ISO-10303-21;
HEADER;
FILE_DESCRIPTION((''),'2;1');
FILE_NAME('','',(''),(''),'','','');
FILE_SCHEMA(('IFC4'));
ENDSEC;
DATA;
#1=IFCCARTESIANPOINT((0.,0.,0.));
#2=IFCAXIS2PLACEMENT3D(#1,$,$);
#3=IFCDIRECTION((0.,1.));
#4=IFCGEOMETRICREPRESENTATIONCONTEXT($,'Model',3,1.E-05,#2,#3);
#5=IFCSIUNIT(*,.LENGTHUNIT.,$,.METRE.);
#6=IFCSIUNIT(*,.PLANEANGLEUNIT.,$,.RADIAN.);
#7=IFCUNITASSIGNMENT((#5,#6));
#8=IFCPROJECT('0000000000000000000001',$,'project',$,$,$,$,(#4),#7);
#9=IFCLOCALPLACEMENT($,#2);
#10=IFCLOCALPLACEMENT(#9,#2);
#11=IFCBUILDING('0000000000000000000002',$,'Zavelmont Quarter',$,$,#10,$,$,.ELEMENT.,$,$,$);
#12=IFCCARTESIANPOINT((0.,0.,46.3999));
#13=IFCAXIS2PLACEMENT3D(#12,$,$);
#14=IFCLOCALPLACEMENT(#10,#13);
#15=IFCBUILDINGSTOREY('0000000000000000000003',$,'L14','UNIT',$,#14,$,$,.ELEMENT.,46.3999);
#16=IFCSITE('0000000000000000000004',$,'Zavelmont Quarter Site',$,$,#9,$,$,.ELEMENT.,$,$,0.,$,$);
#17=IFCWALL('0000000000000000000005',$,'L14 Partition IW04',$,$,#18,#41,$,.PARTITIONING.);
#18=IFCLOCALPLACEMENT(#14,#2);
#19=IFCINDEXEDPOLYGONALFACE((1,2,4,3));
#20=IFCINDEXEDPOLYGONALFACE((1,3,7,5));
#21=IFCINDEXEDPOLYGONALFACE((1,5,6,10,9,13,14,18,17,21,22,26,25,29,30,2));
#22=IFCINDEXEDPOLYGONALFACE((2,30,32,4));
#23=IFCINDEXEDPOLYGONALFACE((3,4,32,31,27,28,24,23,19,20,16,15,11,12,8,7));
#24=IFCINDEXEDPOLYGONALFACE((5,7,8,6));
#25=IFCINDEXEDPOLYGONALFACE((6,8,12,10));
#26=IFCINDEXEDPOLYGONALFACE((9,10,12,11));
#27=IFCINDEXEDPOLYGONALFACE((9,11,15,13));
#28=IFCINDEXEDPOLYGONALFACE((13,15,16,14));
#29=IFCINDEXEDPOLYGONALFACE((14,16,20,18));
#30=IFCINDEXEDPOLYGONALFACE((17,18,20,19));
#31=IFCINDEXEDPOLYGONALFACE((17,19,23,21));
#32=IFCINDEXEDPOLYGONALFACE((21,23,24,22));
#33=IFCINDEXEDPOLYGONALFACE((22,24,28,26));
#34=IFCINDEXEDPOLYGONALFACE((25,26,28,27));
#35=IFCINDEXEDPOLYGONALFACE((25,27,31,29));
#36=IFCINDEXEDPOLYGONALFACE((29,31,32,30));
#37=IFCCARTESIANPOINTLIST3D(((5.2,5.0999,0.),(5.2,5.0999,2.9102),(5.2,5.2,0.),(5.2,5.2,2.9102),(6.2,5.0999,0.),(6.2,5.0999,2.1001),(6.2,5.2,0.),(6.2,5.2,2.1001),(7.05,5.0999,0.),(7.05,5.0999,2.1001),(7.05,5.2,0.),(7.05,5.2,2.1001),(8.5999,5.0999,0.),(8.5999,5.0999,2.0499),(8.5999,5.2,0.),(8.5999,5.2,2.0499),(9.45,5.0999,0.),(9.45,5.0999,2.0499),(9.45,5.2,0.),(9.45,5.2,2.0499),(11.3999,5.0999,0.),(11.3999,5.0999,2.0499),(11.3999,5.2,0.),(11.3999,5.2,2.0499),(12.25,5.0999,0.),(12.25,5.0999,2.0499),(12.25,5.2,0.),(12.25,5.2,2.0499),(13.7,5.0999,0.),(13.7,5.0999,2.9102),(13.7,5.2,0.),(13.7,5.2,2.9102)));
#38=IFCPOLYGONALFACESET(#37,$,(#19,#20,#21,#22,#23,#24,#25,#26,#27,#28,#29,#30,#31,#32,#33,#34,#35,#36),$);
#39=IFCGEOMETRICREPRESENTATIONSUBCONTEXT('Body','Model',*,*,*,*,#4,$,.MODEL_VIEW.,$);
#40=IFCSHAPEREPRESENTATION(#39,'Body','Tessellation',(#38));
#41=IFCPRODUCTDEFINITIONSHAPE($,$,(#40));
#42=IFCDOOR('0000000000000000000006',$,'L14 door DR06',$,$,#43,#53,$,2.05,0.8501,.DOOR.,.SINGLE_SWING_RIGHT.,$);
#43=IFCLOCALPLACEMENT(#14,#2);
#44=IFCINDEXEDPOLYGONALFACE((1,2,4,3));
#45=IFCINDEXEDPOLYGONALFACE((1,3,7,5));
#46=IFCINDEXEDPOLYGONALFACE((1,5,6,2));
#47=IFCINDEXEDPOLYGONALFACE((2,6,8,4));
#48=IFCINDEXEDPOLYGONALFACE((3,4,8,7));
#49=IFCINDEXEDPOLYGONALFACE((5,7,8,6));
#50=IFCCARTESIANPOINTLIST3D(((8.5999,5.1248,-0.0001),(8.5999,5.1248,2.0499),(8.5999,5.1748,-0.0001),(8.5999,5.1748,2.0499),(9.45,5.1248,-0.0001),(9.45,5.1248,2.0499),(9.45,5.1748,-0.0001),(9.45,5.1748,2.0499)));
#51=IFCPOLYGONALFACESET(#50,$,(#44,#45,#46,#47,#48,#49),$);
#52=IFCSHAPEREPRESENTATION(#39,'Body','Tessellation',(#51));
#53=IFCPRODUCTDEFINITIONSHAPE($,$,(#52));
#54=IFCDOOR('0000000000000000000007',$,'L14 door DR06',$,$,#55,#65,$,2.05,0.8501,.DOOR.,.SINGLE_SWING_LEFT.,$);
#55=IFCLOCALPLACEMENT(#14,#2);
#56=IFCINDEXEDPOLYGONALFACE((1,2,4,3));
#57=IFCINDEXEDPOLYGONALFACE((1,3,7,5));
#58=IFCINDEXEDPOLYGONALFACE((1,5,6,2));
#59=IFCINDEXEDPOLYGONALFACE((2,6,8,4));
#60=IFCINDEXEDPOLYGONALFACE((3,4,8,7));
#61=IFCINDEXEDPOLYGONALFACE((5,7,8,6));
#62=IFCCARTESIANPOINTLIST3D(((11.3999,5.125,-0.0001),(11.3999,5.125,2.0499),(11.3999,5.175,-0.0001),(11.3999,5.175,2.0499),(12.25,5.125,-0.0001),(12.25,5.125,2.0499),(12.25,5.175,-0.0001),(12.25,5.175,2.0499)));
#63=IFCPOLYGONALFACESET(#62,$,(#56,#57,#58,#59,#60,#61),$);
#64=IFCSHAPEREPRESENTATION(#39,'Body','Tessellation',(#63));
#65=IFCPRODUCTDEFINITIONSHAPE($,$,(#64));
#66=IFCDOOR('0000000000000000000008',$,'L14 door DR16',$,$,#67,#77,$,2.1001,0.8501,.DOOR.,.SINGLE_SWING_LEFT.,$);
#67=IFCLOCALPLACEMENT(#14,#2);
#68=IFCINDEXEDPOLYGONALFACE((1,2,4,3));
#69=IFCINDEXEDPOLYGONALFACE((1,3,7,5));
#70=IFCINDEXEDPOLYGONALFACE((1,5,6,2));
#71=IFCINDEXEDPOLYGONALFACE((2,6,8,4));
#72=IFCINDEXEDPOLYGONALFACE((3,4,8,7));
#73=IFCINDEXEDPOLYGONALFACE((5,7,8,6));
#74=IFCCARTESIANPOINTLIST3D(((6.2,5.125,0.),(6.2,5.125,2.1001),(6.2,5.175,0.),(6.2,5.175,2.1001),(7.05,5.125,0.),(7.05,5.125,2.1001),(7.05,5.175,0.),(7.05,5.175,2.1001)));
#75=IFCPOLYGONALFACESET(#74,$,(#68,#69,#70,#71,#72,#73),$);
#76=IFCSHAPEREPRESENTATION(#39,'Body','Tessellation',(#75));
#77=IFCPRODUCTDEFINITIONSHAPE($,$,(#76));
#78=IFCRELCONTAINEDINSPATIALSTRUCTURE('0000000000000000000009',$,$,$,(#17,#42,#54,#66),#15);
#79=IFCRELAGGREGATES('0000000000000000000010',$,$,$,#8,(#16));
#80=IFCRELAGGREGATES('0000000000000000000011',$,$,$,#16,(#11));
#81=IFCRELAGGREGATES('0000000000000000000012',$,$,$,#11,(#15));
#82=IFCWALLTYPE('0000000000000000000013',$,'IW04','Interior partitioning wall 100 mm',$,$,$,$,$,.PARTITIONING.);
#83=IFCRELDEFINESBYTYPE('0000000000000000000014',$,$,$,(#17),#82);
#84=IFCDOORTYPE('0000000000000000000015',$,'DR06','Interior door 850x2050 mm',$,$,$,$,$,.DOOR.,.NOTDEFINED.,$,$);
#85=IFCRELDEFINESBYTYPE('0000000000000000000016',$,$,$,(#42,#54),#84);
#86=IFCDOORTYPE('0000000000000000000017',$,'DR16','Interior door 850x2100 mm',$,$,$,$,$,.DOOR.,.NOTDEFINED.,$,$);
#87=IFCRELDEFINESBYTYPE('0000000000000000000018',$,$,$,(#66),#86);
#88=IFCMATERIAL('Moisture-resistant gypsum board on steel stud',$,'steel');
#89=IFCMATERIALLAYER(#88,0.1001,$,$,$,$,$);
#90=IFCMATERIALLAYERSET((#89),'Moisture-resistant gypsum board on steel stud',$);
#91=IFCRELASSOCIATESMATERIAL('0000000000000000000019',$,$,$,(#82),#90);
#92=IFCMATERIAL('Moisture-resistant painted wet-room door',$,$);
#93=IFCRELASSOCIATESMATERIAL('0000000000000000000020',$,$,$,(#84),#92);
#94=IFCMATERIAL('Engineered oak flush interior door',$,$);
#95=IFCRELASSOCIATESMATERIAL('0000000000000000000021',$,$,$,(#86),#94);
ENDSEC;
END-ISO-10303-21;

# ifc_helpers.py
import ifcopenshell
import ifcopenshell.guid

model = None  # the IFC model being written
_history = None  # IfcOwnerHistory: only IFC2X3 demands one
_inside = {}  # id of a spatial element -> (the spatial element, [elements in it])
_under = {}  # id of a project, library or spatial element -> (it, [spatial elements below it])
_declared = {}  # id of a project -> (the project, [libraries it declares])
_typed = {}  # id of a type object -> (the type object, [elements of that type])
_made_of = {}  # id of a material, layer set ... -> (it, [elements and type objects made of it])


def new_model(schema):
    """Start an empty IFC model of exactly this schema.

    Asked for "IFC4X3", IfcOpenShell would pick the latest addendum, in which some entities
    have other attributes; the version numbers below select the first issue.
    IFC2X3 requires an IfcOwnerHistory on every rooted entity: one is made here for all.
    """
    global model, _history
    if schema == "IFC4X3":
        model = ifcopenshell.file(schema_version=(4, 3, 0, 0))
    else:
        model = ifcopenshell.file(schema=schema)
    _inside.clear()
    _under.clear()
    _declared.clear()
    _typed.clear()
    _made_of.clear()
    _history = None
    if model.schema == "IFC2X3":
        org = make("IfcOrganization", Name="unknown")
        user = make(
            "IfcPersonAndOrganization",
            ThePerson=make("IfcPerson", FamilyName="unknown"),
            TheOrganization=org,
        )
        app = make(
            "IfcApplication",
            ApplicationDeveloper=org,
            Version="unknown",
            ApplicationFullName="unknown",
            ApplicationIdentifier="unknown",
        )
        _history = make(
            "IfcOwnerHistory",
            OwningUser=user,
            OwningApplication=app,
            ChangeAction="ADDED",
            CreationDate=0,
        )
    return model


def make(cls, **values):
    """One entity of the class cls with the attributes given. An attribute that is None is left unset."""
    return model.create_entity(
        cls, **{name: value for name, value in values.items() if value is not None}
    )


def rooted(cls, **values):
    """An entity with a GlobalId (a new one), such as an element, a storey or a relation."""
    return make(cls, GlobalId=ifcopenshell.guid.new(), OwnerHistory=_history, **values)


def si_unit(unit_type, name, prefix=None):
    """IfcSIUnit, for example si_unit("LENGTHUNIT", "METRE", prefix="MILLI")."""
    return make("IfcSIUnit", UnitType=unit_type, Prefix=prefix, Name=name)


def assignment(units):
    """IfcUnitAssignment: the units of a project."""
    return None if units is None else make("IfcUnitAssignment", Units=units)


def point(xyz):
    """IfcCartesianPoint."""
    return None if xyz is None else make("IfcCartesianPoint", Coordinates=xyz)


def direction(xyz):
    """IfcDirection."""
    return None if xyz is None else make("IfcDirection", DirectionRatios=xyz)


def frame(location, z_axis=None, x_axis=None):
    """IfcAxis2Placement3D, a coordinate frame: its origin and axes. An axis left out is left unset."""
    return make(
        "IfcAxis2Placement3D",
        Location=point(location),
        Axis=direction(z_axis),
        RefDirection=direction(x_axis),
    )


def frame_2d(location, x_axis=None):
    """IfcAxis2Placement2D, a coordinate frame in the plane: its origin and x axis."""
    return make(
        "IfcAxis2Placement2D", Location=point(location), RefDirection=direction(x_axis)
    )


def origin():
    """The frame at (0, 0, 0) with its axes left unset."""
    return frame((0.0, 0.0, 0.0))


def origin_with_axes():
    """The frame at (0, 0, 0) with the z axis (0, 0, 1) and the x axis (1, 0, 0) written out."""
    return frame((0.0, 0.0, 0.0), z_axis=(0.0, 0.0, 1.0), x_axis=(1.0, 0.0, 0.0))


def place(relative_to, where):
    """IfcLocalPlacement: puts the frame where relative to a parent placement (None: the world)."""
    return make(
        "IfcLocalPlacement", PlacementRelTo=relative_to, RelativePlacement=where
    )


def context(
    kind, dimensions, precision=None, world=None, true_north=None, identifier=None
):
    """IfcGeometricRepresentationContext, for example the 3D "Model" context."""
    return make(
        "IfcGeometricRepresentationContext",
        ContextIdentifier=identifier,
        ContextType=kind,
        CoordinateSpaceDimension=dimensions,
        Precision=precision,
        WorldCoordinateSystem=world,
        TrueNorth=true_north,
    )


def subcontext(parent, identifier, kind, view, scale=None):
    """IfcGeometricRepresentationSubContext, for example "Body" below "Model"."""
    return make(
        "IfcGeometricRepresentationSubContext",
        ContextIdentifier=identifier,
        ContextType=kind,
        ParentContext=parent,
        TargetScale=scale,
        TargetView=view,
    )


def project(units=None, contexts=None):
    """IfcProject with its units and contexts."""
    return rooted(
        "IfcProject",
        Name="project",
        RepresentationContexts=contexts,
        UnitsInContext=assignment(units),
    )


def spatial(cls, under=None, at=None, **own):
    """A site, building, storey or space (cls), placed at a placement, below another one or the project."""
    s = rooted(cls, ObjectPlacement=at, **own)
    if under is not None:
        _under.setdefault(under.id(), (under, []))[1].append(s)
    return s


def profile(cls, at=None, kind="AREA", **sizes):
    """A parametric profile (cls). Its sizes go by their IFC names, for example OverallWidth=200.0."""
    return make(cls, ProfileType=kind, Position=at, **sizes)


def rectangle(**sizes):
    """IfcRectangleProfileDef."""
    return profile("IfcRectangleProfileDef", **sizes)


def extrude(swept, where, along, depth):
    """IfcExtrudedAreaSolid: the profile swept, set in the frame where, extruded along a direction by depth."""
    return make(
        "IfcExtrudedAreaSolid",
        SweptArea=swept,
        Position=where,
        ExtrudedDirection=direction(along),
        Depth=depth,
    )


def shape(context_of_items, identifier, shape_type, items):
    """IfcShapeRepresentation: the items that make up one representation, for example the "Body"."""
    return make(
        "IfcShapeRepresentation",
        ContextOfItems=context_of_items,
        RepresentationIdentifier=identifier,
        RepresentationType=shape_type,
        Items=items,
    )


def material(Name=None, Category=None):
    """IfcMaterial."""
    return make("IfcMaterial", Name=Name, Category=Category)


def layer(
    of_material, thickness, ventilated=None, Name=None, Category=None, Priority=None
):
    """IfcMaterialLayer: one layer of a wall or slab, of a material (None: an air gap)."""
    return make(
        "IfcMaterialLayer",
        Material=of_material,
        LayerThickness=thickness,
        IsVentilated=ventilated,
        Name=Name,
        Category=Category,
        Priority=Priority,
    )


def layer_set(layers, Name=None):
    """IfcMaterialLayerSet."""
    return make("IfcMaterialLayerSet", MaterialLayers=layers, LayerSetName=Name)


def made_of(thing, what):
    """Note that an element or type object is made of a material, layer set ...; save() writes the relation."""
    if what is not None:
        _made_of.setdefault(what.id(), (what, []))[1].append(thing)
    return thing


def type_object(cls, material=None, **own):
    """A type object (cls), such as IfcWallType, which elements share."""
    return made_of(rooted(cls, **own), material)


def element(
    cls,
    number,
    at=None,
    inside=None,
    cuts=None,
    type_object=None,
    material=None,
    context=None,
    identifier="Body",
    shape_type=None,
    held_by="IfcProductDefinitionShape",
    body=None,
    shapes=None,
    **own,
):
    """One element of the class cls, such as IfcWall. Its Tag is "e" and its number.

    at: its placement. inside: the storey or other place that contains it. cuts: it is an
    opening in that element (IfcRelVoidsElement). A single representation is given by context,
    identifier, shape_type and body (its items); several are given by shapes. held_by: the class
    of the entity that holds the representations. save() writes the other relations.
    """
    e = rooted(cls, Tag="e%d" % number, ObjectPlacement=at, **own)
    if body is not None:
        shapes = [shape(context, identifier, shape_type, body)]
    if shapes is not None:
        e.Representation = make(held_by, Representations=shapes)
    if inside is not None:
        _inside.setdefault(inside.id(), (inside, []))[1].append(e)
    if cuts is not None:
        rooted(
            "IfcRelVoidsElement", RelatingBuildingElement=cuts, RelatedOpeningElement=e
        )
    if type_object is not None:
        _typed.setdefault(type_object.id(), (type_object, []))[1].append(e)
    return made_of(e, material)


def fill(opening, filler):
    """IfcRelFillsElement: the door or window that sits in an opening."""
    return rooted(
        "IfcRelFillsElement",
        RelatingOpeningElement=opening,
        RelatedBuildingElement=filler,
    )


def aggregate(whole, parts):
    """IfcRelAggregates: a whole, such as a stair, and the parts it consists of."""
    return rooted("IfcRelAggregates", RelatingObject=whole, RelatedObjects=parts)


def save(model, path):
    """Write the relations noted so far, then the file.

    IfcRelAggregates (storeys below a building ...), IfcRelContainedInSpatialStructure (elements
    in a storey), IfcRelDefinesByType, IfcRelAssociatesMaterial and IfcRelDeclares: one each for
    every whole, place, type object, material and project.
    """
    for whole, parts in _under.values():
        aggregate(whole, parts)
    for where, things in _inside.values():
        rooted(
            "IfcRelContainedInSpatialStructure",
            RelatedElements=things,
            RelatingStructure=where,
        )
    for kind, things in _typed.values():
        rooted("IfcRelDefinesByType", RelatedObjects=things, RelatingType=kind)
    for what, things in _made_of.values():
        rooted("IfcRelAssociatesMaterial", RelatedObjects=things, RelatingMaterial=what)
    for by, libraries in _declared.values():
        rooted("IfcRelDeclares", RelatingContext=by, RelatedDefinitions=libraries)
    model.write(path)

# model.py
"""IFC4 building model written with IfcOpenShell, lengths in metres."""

from ifc_helpers import new_model, si_unit, direction, frame, frame_2d, origin, origin_with_axes, place, context, subcontext, project, spatial, rectangle, extrude, material, layer, layer_set, type_object, element, fill, save


model = new_model("IFC4")

# Units and contexts
model_context = context("Model", 3, precision=1e-05, world=origin(), true_north=direction((0.0, 1.0)))
body_context = subcontext(model_context, "Body", "Model", "MODEL_VIEW")
ifc_project = project(units=[si_unit("LENGTHUNIT", "METRE"), si_unit("PLANEANGLEUNIT", "RADIAN")], contexts=[model_context])

# Site, building, storey
site_placement = place(None, origin())
site = spatial("IfcSite", under=ifc_project, at=site_placement, Name="Zavelmont Quarter Site", CompositionType="ELEMENT", RefElevation=0.0)
building_placement = place(site_placement, origin())
building = spatial("IfcBuilding", under=site, at=building_placement, Name="Zavelmont Quarter", CompositionType="ELEMENT")
storey_placement = place(building_placement, frame((0.0, 0.0, 46.3999)))
storey = spatial("IfcBuildingStorey", under=building, at=storey_placement, Name="L14", Description="UNIT", CompositionType="ELEMENT", Elevation=46.3999)

# Shared definitions
ifc_material_1 = material(Name="Engineered oak flush interior door")

# Wall, openings, doors
ifc_material_2 = material(Name="Moisture-resistant gypsum board on steel stud", Category="steel")
ifc_layer_1 = layer(ifc_material_2, 0.1001)
ifc_layer_set_1 = layer_set([ifc_layer_1], Name="Moisture-resistant gypsum board on steel stud")
wall_type_1 = type_object("IfcWallType", Name="IW04", Description="Interior partitioning wall 100 mm", PredefinedType="PARTITIONING", material=ifc_layer_set_1)
wall_1_placement = place(storey_placement, frame((5.2, 5.1499, 0.0), z_axis=(0.0, 0.0, 1.0), x_axis=(1.0, 0.0, 0.0)))
wall_1 = element("IfcWall", 1, at=wall_1_placement, inside=storey, type_object=wall_type_1, Name="L14 Partition IW04", PredefinedType="PARTITIONING", context=body_context, shape_type="SweptSolid", body=[
    extrude(rectangle(XDim=8.5, YDim=0.1001, at=frame_2d((4.25, 0.0))), origin(), (0.0, 0.0, 1.0), 2.9102),
])
opening_1_placement = place(wall_1_placement, frame((1.0, 0.0, 0.0)))
opening_1 = element("IfcOpeningElement", 2, at=opening_1_placement, cuts=wall_1, PredefinedType="OPENING", context=body_context, shape_type="SweptSolid", body=[
    extrude(rectangle(XDim=0.8501, YDim=2.1001, at=frame_2d((0.425, 1.05))), frame((0.0, 0.062, 0.0), z_axis=(0.0, -1.0, 0.0), x_axis=(1.0, 0.0, 0.0)), (0.0, 0.0, 1.0), 0.124),
])
opening_2_placement = place(wall_1_placement, frame((3.3999, 0.0, 0.0)))
opening_2 = element("IfcOpeningElement", 3, at=opening_2_placement, cuts=wall_1, PredefinedType="OPENING", context=body_context, shape_type="SweptSolid", body=[
    extrude(rectangle(XDim=0.8501, YDim=2.05, at=frame_2d((0.425, 1.0249))), frame((0.0, 0.062, 0.0), z_axis=(0.0, -1.0, 0.0), x_axis=(1.0, 0.0, 0.0)), (0.0, 0.0, 1.0), 0.124),
])
opening_3_placement = place(wall_1_placement, frame((6.2, 0.0, 0.0)))
opening_3 = element("IfcOpeningElement", 4, at=opening_3_placement, cuts=wall_1, PredefinedType="OPENING", context=body_context, shape_type="SweptSolid", body=[
    extrude(rectangle(XDim=0.8501, YDim=2.05, at=frame_2d((0.425, 1.0249))), frame((0.0, 0.062, 0.0), z_axis=(0.0, -1.0, 0.0), x_axis=(1.0, 0.0, 0.0)), (0.0, 0.0, 1.0), 0.124),
])
ifc_material_3 = material(Name="Moisture-resistant painted wet-room door")
door_type_1 = type_object("IfcDoorType", Name="DR06", Description="Interior door 850x2050 mm", OperationType="NOTDEFINED", PredefinedType="DOOR", material=ifc_material_3)
door_1_placement = place(opening_2_placement, origin_with_axes())
door_1 = element("IfcDoor", 5, at=door_1_placement, inside=storey, type_object=door_type_1, Name="L14 door DR06", OperationType="SINGLE_SWING_RIGHT", OverallHeight=2.05, OverallWidth=0.8501, PredefinedType="DOOR", context=body_context, shape_type="SweptSolid", body=[
    extrude(rectangle(XDim=0.8501, YDim=2.05, at=frame_2d((0.425, 1.0249))), frame((0.0, 0.0249, 0.0), z_axis=(0.0, -1.0, 0.0), x_axis=(1.0, 0.0, 0.0)), (0.0, 0.0, 1.0), 0.05),
])
fill(opening_2, door_1)
door_2_placement = place(opening_3_placement, frame((0.8501, 0.0, 0.0), z_axis=(0.0, 0.0, 1.0), x_axis=(-1.0, 0.0, 0.0)))
door_2 = element("IfcDoor", 6, at=door_2_placement, inside=storey, type_object=door_type_1, Name="L14 door DR06", OperationType="SINGLE_SWING_LEFT", OverallHeight=2.05, OverallWidth=0.8501, PredefinedType="DOOR", context=body_context, shape_type="SweptSolid", body=[
    extrude(rectangle(XDim=0.8501, YDim=2.05, at=frame_2d((0.425, 1.0249))), frame((0.0, 0.0249, 0.0), z_axis=(0.0, -1.0, 0.0), x_axis=(1.0, 0.0, 0.0)), (0.0, 0.0, 1.0), 0.05),
])
fill(opening_3, door_2)
door_type_2 = type_object("IfcDoorType", Name="DR16", Description="Interior door 850x2100 mm", OperationType="NOTDEFINED", PredefinedType="DOOR", material=ifc_material_1)
door_3_placement = place(opening_1_placement, frame((0.8501, 0.0, 0.0), z_axis=(0.0, 0.0, 1.0), x_axis=(-1.0, 0.0, 0.0)))
door_3 = element("IfcDoor", 7, at=door_3_placement, inside=storey, type_object=door_type_2, Name="L14 door DR16", OperationType="SINGLE_SWING_LEFT", OverallHeight=2.1001, OverallWidth=0.8501, PredefinedType="DOOR", context=body_context, shape_type="SweptSolid", body=[
    extrude(rectangle(XDim=0.8501, YDim=2.1001, at=frame_2d((0.425, 1.05))), frame((0.0, 0.0249, 0.0), z_axis=(0.0, -1.0, 0.0), x_axis=(1.0, 0.0, 0.0)), (0.0, 0.0, 1.0), 0.05),
])
fill(opening_1, door_3)

save(model, "model.ifc")
